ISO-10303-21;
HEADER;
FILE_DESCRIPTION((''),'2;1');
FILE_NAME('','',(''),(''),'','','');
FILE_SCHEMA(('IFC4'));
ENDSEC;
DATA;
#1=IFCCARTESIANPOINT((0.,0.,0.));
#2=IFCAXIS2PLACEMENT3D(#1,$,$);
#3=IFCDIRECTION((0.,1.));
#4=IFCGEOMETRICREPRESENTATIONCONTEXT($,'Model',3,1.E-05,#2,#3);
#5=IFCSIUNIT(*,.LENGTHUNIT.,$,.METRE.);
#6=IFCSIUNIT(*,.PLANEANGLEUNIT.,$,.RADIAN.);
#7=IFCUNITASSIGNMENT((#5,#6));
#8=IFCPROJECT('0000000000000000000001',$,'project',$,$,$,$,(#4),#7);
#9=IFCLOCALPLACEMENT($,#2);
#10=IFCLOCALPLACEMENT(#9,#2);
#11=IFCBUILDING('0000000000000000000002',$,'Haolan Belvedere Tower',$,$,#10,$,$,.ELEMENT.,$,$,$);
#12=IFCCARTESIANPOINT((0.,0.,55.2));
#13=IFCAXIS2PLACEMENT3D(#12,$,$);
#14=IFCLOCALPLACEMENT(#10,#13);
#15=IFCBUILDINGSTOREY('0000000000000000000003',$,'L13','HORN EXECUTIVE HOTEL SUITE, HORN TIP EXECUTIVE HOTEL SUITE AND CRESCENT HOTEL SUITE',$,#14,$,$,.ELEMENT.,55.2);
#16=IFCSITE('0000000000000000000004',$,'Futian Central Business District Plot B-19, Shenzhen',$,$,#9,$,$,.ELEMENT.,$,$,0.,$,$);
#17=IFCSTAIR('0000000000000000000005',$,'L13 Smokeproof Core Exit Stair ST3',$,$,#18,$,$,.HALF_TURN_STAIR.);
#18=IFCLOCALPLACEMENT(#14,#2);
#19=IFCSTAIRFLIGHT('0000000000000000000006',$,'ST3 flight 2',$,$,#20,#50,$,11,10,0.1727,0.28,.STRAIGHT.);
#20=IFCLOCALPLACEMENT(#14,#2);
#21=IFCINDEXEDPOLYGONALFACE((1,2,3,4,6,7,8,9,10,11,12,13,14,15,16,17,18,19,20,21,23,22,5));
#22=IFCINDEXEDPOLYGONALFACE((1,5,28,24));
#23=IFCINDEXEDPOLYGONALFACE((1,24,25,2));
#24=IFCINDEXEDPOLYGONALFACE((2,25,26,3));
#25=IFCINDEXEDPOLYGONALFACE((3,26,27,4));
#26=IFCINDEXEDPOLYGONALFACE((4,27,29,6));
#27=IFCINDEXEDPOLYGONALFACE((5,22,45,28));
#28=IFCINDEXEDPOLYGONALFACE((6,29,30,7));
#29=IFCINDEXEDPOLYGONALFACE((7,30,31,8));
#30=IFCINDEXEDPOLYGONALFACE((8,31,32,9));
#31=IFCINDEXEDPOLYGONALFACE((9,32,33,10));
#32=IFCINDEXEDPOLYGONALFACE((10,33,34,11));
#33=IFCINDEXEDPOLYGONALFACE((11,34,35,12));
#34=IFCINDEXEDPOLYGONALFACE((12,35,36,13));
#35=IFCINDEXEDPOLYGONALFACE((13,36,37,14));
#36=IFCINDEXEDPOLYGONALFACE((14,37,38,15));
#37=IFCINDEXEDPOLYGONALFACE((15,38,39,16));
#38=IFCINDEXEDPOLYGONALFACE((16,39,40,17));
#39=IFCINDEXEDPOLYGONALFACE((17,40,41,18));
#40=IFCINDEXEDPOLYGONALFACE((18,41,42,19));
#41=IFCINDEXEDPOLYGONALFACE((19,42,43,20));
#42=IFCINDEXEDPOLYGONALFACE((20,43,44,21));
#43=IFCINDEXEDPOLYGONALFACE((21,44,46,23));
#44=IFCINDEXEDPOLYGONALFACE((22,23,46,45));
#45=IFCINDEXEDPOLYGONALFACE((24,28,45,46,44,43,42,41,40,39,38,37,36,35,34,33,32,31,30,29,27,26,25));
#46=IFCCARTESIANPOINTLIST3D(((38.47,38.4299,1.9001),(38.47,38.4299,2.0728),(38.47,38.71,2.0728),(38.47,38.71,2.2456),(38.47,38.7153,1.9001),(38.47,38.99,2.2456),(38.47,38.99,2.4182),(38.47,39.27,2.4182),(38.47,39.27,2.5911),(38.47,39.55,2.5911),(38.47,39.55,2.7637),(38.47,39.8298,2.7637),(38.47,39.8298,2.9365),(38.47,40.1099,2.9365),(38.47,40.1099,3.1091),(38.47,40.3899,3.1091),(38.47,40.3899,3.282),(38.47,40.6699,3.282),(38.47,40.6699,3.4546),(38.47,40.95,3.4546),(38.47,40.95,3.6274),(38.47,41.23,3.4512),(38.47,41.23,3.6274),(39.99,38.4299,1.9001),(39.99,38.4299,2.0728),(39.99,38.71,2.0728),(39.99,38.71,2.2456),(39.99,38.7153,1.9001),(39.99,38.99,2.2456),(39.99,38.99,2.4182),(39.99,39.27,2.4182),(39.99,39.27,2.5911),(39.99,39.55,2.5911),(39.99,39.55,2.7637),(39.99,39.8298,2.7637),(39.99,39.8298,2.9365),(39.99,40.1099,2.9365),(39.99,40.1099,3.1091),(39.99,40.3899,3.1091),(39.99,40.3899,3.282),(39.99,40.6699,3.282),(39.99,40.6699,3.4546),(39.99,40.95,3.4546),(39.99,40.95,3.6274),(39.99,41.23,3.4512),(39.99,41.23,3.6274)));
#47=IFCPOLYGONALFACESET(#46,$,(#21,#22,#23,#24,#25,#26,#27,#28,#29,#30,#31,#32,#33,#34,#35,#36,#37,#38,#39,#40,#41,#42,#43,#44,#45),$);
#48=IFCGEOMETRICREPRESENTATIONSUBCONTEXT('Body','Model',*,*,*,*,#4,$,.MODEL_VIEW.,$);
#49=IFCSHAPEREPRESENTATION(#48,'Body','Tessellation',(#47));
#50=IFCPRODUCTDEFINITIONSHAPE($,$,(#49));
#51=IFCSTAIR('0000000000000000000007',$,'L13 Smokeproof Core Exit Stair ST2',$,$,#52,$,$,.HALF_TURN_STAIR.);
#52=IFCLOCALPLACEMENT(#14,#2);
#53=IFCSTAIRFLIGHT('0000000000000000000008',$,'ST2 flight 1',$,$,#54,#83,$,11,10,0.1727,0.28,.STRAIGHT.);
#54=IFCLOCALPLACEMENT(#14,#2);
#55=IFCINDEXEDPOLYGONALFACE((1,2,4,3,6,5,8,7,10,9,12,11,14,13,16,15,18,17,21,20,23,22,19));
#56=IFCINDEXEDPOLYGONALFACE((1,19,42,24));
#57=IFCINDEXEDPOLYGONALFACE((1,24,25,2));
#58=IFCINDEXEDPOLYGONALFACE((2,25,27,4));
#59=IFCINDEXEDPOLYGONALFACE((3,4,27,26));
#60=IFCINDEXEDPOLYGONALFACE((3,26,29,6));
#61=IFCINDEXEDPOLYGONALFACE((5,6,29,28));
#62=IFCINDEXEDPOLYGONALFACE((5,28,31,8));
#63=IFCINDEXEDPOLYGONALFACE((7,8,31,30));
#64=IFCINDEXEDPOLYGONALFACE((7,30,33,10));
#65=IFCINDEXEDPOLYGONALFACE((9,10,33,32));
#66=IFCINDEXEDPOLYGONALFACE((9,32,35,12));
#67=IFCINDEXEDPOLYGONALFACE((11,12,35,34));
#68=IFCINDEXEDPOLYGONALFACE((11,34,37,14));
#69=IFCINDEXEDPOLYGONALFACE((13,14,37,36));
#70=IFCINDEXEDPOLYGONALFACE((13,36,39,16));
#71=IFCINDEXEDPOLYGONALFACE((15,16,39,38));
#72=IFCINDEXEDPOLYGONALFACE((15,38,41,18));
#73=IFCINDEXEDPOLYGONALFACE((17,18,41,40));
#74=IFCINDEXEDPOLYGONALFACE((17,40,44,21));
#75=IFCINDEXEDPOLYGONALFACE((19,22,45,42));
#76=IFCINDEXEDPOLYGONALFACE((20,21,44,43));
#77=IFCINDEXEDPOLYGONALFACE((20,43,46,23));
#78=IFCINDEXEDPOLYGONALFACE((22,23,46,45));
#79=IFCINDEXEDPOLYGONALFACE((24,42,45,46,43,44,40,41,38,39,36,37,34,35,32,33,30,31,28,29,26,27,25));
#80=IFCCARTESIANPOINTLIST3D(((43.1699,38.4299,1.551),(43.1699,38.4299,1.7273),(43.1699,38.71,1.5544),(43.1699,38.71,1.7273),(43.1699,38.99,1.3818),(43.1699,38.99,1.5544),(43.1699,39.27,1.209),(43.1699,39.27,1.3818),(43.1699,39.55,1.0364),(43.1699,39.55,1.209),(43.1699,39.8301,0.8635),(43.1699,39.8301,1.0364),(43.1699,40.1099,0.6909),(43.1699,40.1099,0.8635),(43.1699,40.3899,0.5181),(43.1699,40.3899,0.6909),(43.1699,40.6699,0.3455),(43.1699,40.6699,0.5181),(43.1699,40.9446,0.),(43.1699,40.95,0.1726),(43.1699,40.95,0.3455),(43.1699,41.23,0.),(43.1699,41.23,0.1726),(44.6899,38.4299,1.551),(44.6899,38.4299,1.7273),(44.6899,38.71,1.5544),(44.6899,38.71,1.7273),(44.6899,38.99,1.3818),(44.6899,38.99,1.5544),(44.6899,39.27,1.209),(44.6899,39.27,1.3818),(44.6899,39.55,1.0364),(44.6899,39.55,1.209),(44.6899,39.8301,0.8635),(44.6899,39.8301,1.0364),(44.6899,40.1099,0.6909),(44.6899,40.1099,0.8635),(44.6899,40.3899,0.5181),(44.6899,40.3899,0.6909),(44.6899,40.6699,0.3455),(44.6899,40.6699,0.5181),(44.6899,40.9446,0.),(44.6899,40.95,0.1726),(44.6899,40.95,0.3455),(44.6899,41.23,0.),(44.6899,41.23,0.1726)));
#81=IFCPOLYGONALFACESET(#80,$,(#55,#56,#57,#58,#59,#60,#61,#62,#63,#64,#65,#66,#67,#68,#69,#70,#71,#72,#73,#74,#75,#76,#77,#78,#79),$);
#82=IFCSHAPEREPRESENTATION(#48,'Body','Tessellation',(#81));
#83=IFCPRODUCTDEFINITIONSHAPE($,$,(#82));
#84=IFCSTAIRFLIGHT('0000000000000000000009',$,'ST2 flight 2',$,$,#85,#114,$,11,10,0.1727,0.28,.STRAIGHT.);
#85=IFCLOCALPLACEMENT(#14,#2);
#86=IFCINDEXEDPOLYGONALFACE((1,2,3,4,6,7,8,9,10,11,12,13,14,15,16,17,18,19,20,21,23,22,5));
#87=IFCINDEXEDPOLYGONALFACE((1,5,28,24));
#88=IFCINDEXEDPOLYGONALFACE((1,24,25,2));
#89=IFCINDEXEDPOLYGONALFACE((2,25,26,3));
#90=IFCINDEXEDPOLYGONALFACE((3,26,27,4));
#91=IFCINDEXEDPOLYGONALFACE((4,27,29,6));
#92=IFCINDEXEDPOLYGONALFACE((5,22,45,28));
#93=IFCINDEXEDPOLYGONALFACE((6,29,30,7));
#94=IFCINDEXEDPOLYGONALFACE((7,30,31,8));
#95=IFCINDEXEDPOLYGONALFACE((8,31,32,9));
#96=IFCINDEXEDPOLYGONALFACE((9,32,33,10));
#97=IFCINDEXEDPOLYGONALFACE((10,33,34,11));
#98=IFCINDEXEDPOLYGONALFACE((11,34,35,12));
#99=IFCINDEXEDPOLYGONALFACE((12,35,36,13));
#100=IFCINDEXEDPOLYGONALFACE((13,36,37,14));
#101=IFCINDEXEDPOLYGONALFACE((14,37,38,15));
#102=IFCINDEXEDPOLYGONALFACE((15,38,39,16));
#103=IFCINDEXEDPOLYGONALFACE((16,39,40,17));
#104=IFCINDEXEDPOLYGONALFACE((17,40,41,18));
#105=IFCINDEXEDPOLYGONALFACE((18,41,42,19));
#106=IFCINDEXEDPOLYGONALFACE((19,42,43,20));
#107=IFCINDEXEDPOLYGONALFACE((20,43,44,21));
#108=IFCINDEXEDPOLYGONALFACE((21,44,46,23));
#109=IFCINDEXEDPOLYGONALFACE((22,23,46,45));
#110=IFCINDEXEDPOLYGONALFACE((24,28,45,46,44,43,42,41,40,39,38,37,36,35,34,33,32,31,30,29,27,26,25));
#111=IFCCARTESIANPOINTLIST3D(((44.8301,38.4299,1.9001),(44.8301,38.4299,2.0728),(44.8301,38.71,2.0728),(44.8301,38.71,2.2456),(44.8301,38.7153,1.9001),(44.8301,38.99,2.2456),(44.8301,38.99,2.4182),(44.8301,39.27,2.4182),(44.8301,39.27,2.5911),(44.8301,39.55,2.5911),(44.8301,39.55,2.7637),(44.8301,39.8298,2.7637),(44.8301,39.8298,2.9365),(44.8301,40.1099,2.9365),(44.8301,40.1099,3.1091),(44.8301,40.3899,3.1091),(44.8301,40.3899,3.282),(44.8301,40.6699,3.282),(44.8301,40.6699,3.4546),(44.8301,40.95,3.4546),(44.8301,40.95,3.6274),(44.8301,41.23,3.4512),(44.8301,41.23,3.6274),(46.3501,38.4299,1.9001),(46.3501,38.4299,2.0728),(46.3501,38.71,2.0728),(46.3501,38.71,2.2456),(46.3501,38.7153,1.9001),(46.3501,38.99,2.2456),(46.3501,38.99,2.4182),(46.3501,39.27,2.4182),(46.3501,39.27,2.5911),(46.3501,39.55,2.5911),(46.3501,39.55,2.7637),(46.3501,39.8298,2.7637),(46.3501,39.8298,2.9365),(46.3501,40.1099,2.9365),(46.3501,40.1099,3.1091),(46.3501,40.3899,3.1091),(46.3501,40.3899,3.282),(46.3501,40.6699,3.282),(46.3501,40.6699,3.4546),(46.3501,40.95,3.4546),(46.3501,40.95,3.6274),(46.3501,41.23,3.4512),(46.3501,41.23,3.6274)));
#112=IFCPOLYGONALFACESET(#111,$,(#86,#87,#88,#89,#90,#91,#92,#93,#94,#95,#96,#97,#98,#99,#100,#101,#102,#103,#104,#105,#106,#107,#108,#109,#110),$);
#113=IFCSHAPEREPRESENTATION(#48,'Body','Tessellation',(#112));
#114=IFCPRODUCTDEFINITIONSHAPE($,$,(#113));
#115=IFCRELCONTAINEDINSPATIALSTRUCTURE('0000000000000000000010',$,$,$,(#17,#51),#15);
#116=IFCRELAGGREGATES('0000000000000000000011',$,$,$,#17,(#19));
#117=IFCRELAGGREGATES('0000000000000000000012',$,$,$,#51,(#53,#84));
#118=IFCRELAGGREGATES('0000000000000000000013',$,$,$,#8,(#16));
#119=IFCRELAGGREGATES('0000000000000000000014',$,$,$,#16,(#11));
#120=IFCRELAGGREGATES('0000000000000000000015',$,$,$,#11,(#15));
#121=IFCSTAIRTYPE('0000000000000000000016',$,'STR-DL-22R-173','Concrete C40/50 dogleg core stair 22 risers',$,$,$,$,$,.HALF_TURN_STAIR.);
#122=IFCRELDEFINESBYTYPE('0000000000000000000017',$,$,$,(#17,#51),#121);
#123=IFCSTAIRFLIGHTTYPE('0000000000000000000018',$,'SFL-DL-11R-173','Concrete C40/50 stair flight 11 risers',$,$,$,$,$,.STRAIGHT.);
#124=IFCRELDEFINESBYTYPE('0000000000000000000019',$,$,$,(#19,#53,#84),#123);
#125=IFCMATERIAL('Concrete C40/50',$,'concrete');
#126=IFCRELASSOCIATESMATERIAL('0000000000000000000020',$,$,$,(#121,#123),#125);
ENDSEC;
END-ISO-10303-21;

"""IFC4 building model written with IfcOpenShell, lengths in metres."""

from ifc_helpers import new_model, si_unit, direction, frame, origin, place, context, subcontext, project, spatial, polyline, outline, extrude, material, type_object, element, aggregate, save


model = new_model("IFC4")

# Units and contexts
model_context = context("Model", 3, precision=1e-05, world=origin(), true_north=direction((0.0, 1.0)))
body_context = subcontext(model_context, "Body", "Model", "MODEL_VIEW")
ifc_project = project(units=[si_unit("LENGTHUNIT", "METRE"), si_unit("PLANEANGLEUNIT", "RADIAN")], contexts=[model_context])

# Site, building, storey
site_placement = place(None, origin())
site = spatial("IfcSite", under=ifc_project, at=site_placement, Name="Futian Central Business District Plot B-19, Shenzhen", CompositionType="ELEMENT", RefElevation=0.0)
building_placement = place(site_placement, origin())
building = spatial("IfcBuilding", under=site, at=building_placement, Name="Haolan Belvedere Tower", CompositionType="ELEMENT")
storey_placement = place(building_placement, frame((0.0, 0.0, 55.2)))
storey = spatial("IfcBuildingStorey", under=building, at=storey_placement, Name="L13", Description="HORN EXECUTIVE HOTEL SUITE, HORN TIP EXECUTIVE HOTEL SUITE AND CRESCENT HOTEL SUITE", CompositionType="ELEMENT", Elevation=55.2)

# Stair, stair flight
ifc_material_1 = material(Name="Concrete C40/50", Category="concrete")
stair_type = type_object("IfcStairType", Name="STR-DL-22R-173", Description="Concrete C40/50 dogleg core stair 22 risers", PredefinedType="HALF_TURN_STAIR", material=ifc_material_1)
stair_1_placement = place(storey_placement, origin())
stair_1 = element("IfcStair", 1, at=stair_1_placement, inside=storey, type_object=stair_type, Name="L13 Smokeproof Core Exit Stair ST3", PredefinedType="HALF_TURN_STAIR")
stair_flight_type = type_object("IfcStairFlightType", Name="SFL-DL-11R-173", Description="Concrete C40/50 stair flight 11 risers", PredefinedType="STRAIGHT", material=ifc_material_1)
stair_flight_1_placement = place(storey_placement, frame((39.23, 38.4299, 1.9001), z_axis=(0.0, 0.0, 1.0), x_axis=(0.0, 1.0, 0.0)))
stair_flight_1 = element("IfcStairFlight", 2, at=stair_flight_1_placement, type_object=stair_flight_type, Name="ST3 flight 2", NumberOfRisers=11, NumberOfTreads=10, PredefinedType="STRAIGHT", RiserHeight=0.1727, TreadLength=0.28, context=body_context, shape_type="SweptSolid", body=[
    extrude(outline(polyline([(0.0, 0.0), (0.0, 0.1726), (0.28, 0.1726), (0.28, 0.3455), (0.5601, 0.3455), (0.5601, 0.5181), (0.8401, 0.5181), (0.8401, 0.6909), (1.1201, 0.6909), (1.1201, 0.8635), (1.3999, 0.8635), (1.3999, 1.0364), (1.6799, 1.0364), (1.6799, 1.209), (1.96, 1.209), (1.96, 1.3818), (2.24, 1.3818), (2.24, 1.5544), (2.52, 1.5544), (2.52, 1.7273), (2.8, 1.7273), (2.8, 1.8999), (2.8, 1.551), (0.2854, 0.0), (0.0, 0.0)])), frame((0.0, 0.76, 0.0), z_axis=(0.0, -1.0, 0.0), x_axis=(1.0, 0.0, 0.0)), (0.0, 0.0, 1.0), 1.52),
])
aggregate(stair_1, [stair_flight_1])

# Stair, stair flights
stair_2_placement = place(storey_placement, origin())
stair_2 = element("IfcStair", 3, at=stair_2_placement, inside=storey, type_object=stair_type, Name="L13 Smokeproof Core Exit Stair ST2", PredefinedType="HALF_TURN_STAIR")
stair_flight_2_placement = place(storey_placement, frame((43.9299, 41.23, 0.0), z_axis=(0.0, 0.0, 1.0), x_axis=(0.0, -1.0, 0.0)))
stair_flight_2 = element("IfcStairFlight", 4, at=stair_flight_2_placement, type_object=stair_flight_type, Name="ST2 flight 1", NumberOfRisers=11, NumberOfTreads=10, PredefinedType="STRAIGHT", RiserHeight=0.1727, TreadLength=0.28, context=body_context, shape_type="SweptSolid", body=[
    extrude(outline(polyline([(0.0, 0.0), (0.0, 0.1726), (0.28, 0.1726), (0.28, 0.3455), (0.5601, 0.3455), (0.5601, 0.5181), (0.8401, 0.5181), (0.8401, 0.6909), (1.1201, 0.6909), (1.1201, 0.8635), (1.3999, 0.8635), (1.3999, 1.0364), (1.6799, 1.0364), (1.6799, 1.209), (1.96, 1.209), (1.96, 1.3818), (2.24, 1.3818), (2.24, 1.5544), (2.52, 1.5544), (2.52, 1.7273), (2.8, 1.7273), (2.8, 1.8999), (2.8, 1.551), (0.2854, 0.0), (0.0, 0.0)])), frame((0.0, 0.76, 0.0), z_axis=(0.0, -1.0, 0.0), x_axis=(1.0, 0.0, 0.0)), (0.0, 0.0, 1.0), 1.52),
])
stair_flight_3_placement = place(storey_placement, frame((45.5901, 38.4299, 1.9001), z_axis=(0.0, 0.0, 1.0), x_axis=(0.0, 1.0, 0.0)))
stair_flight_3 = element("IfcStairFlight", 5, at=stair_flight_3_placement, type_object=stair_flight_type, Name="ST2 flight 2", NumberOfRisers=11, NumberOfTreads=10, PredefinedType="STRAIGHT", RiserHeight=0.1727, TreadLength=0.28, context=body_context, shape_type="SweptSolid", body=[
    extrude(outline(polyline([(0.0, 0.0), (0.0, 0.1726), (0.28, 0.1726), (0.28, 0.3455), (0.5601, 0.3455), (0.5601, 0.5181), (0.8401, 0.5181), (0.8401, 0.6909), (1.1201, 0.6909), (1.1201, 0.8635), (1.3999, 0.8635), (1.3999, 1.0364), (1.6799, 1.0364), (1.6799, 1.209), (1.96, 1.209), (1.96, 1.3818), (2.24, 1.3818), (2.24, 1.5544), (2.52, 1.5544), (2.52, 1.7273), (2.8, 1.7273), (2.8, 1.8999), (2.8, 1.551), (0.2854, 0.0), (0.0, 0.0)])), frame((0.0, 0.76, 0.0), z_axis=(0.0, -1.0, 0.0), x_axis=(1.0, 0.0, 0.0)), (0.0, 0.0, 1.0), 1.52),
])
aggregate(stair_2, [stair_flight_2, stair_flight_3])

save(model, "model.ifc")
